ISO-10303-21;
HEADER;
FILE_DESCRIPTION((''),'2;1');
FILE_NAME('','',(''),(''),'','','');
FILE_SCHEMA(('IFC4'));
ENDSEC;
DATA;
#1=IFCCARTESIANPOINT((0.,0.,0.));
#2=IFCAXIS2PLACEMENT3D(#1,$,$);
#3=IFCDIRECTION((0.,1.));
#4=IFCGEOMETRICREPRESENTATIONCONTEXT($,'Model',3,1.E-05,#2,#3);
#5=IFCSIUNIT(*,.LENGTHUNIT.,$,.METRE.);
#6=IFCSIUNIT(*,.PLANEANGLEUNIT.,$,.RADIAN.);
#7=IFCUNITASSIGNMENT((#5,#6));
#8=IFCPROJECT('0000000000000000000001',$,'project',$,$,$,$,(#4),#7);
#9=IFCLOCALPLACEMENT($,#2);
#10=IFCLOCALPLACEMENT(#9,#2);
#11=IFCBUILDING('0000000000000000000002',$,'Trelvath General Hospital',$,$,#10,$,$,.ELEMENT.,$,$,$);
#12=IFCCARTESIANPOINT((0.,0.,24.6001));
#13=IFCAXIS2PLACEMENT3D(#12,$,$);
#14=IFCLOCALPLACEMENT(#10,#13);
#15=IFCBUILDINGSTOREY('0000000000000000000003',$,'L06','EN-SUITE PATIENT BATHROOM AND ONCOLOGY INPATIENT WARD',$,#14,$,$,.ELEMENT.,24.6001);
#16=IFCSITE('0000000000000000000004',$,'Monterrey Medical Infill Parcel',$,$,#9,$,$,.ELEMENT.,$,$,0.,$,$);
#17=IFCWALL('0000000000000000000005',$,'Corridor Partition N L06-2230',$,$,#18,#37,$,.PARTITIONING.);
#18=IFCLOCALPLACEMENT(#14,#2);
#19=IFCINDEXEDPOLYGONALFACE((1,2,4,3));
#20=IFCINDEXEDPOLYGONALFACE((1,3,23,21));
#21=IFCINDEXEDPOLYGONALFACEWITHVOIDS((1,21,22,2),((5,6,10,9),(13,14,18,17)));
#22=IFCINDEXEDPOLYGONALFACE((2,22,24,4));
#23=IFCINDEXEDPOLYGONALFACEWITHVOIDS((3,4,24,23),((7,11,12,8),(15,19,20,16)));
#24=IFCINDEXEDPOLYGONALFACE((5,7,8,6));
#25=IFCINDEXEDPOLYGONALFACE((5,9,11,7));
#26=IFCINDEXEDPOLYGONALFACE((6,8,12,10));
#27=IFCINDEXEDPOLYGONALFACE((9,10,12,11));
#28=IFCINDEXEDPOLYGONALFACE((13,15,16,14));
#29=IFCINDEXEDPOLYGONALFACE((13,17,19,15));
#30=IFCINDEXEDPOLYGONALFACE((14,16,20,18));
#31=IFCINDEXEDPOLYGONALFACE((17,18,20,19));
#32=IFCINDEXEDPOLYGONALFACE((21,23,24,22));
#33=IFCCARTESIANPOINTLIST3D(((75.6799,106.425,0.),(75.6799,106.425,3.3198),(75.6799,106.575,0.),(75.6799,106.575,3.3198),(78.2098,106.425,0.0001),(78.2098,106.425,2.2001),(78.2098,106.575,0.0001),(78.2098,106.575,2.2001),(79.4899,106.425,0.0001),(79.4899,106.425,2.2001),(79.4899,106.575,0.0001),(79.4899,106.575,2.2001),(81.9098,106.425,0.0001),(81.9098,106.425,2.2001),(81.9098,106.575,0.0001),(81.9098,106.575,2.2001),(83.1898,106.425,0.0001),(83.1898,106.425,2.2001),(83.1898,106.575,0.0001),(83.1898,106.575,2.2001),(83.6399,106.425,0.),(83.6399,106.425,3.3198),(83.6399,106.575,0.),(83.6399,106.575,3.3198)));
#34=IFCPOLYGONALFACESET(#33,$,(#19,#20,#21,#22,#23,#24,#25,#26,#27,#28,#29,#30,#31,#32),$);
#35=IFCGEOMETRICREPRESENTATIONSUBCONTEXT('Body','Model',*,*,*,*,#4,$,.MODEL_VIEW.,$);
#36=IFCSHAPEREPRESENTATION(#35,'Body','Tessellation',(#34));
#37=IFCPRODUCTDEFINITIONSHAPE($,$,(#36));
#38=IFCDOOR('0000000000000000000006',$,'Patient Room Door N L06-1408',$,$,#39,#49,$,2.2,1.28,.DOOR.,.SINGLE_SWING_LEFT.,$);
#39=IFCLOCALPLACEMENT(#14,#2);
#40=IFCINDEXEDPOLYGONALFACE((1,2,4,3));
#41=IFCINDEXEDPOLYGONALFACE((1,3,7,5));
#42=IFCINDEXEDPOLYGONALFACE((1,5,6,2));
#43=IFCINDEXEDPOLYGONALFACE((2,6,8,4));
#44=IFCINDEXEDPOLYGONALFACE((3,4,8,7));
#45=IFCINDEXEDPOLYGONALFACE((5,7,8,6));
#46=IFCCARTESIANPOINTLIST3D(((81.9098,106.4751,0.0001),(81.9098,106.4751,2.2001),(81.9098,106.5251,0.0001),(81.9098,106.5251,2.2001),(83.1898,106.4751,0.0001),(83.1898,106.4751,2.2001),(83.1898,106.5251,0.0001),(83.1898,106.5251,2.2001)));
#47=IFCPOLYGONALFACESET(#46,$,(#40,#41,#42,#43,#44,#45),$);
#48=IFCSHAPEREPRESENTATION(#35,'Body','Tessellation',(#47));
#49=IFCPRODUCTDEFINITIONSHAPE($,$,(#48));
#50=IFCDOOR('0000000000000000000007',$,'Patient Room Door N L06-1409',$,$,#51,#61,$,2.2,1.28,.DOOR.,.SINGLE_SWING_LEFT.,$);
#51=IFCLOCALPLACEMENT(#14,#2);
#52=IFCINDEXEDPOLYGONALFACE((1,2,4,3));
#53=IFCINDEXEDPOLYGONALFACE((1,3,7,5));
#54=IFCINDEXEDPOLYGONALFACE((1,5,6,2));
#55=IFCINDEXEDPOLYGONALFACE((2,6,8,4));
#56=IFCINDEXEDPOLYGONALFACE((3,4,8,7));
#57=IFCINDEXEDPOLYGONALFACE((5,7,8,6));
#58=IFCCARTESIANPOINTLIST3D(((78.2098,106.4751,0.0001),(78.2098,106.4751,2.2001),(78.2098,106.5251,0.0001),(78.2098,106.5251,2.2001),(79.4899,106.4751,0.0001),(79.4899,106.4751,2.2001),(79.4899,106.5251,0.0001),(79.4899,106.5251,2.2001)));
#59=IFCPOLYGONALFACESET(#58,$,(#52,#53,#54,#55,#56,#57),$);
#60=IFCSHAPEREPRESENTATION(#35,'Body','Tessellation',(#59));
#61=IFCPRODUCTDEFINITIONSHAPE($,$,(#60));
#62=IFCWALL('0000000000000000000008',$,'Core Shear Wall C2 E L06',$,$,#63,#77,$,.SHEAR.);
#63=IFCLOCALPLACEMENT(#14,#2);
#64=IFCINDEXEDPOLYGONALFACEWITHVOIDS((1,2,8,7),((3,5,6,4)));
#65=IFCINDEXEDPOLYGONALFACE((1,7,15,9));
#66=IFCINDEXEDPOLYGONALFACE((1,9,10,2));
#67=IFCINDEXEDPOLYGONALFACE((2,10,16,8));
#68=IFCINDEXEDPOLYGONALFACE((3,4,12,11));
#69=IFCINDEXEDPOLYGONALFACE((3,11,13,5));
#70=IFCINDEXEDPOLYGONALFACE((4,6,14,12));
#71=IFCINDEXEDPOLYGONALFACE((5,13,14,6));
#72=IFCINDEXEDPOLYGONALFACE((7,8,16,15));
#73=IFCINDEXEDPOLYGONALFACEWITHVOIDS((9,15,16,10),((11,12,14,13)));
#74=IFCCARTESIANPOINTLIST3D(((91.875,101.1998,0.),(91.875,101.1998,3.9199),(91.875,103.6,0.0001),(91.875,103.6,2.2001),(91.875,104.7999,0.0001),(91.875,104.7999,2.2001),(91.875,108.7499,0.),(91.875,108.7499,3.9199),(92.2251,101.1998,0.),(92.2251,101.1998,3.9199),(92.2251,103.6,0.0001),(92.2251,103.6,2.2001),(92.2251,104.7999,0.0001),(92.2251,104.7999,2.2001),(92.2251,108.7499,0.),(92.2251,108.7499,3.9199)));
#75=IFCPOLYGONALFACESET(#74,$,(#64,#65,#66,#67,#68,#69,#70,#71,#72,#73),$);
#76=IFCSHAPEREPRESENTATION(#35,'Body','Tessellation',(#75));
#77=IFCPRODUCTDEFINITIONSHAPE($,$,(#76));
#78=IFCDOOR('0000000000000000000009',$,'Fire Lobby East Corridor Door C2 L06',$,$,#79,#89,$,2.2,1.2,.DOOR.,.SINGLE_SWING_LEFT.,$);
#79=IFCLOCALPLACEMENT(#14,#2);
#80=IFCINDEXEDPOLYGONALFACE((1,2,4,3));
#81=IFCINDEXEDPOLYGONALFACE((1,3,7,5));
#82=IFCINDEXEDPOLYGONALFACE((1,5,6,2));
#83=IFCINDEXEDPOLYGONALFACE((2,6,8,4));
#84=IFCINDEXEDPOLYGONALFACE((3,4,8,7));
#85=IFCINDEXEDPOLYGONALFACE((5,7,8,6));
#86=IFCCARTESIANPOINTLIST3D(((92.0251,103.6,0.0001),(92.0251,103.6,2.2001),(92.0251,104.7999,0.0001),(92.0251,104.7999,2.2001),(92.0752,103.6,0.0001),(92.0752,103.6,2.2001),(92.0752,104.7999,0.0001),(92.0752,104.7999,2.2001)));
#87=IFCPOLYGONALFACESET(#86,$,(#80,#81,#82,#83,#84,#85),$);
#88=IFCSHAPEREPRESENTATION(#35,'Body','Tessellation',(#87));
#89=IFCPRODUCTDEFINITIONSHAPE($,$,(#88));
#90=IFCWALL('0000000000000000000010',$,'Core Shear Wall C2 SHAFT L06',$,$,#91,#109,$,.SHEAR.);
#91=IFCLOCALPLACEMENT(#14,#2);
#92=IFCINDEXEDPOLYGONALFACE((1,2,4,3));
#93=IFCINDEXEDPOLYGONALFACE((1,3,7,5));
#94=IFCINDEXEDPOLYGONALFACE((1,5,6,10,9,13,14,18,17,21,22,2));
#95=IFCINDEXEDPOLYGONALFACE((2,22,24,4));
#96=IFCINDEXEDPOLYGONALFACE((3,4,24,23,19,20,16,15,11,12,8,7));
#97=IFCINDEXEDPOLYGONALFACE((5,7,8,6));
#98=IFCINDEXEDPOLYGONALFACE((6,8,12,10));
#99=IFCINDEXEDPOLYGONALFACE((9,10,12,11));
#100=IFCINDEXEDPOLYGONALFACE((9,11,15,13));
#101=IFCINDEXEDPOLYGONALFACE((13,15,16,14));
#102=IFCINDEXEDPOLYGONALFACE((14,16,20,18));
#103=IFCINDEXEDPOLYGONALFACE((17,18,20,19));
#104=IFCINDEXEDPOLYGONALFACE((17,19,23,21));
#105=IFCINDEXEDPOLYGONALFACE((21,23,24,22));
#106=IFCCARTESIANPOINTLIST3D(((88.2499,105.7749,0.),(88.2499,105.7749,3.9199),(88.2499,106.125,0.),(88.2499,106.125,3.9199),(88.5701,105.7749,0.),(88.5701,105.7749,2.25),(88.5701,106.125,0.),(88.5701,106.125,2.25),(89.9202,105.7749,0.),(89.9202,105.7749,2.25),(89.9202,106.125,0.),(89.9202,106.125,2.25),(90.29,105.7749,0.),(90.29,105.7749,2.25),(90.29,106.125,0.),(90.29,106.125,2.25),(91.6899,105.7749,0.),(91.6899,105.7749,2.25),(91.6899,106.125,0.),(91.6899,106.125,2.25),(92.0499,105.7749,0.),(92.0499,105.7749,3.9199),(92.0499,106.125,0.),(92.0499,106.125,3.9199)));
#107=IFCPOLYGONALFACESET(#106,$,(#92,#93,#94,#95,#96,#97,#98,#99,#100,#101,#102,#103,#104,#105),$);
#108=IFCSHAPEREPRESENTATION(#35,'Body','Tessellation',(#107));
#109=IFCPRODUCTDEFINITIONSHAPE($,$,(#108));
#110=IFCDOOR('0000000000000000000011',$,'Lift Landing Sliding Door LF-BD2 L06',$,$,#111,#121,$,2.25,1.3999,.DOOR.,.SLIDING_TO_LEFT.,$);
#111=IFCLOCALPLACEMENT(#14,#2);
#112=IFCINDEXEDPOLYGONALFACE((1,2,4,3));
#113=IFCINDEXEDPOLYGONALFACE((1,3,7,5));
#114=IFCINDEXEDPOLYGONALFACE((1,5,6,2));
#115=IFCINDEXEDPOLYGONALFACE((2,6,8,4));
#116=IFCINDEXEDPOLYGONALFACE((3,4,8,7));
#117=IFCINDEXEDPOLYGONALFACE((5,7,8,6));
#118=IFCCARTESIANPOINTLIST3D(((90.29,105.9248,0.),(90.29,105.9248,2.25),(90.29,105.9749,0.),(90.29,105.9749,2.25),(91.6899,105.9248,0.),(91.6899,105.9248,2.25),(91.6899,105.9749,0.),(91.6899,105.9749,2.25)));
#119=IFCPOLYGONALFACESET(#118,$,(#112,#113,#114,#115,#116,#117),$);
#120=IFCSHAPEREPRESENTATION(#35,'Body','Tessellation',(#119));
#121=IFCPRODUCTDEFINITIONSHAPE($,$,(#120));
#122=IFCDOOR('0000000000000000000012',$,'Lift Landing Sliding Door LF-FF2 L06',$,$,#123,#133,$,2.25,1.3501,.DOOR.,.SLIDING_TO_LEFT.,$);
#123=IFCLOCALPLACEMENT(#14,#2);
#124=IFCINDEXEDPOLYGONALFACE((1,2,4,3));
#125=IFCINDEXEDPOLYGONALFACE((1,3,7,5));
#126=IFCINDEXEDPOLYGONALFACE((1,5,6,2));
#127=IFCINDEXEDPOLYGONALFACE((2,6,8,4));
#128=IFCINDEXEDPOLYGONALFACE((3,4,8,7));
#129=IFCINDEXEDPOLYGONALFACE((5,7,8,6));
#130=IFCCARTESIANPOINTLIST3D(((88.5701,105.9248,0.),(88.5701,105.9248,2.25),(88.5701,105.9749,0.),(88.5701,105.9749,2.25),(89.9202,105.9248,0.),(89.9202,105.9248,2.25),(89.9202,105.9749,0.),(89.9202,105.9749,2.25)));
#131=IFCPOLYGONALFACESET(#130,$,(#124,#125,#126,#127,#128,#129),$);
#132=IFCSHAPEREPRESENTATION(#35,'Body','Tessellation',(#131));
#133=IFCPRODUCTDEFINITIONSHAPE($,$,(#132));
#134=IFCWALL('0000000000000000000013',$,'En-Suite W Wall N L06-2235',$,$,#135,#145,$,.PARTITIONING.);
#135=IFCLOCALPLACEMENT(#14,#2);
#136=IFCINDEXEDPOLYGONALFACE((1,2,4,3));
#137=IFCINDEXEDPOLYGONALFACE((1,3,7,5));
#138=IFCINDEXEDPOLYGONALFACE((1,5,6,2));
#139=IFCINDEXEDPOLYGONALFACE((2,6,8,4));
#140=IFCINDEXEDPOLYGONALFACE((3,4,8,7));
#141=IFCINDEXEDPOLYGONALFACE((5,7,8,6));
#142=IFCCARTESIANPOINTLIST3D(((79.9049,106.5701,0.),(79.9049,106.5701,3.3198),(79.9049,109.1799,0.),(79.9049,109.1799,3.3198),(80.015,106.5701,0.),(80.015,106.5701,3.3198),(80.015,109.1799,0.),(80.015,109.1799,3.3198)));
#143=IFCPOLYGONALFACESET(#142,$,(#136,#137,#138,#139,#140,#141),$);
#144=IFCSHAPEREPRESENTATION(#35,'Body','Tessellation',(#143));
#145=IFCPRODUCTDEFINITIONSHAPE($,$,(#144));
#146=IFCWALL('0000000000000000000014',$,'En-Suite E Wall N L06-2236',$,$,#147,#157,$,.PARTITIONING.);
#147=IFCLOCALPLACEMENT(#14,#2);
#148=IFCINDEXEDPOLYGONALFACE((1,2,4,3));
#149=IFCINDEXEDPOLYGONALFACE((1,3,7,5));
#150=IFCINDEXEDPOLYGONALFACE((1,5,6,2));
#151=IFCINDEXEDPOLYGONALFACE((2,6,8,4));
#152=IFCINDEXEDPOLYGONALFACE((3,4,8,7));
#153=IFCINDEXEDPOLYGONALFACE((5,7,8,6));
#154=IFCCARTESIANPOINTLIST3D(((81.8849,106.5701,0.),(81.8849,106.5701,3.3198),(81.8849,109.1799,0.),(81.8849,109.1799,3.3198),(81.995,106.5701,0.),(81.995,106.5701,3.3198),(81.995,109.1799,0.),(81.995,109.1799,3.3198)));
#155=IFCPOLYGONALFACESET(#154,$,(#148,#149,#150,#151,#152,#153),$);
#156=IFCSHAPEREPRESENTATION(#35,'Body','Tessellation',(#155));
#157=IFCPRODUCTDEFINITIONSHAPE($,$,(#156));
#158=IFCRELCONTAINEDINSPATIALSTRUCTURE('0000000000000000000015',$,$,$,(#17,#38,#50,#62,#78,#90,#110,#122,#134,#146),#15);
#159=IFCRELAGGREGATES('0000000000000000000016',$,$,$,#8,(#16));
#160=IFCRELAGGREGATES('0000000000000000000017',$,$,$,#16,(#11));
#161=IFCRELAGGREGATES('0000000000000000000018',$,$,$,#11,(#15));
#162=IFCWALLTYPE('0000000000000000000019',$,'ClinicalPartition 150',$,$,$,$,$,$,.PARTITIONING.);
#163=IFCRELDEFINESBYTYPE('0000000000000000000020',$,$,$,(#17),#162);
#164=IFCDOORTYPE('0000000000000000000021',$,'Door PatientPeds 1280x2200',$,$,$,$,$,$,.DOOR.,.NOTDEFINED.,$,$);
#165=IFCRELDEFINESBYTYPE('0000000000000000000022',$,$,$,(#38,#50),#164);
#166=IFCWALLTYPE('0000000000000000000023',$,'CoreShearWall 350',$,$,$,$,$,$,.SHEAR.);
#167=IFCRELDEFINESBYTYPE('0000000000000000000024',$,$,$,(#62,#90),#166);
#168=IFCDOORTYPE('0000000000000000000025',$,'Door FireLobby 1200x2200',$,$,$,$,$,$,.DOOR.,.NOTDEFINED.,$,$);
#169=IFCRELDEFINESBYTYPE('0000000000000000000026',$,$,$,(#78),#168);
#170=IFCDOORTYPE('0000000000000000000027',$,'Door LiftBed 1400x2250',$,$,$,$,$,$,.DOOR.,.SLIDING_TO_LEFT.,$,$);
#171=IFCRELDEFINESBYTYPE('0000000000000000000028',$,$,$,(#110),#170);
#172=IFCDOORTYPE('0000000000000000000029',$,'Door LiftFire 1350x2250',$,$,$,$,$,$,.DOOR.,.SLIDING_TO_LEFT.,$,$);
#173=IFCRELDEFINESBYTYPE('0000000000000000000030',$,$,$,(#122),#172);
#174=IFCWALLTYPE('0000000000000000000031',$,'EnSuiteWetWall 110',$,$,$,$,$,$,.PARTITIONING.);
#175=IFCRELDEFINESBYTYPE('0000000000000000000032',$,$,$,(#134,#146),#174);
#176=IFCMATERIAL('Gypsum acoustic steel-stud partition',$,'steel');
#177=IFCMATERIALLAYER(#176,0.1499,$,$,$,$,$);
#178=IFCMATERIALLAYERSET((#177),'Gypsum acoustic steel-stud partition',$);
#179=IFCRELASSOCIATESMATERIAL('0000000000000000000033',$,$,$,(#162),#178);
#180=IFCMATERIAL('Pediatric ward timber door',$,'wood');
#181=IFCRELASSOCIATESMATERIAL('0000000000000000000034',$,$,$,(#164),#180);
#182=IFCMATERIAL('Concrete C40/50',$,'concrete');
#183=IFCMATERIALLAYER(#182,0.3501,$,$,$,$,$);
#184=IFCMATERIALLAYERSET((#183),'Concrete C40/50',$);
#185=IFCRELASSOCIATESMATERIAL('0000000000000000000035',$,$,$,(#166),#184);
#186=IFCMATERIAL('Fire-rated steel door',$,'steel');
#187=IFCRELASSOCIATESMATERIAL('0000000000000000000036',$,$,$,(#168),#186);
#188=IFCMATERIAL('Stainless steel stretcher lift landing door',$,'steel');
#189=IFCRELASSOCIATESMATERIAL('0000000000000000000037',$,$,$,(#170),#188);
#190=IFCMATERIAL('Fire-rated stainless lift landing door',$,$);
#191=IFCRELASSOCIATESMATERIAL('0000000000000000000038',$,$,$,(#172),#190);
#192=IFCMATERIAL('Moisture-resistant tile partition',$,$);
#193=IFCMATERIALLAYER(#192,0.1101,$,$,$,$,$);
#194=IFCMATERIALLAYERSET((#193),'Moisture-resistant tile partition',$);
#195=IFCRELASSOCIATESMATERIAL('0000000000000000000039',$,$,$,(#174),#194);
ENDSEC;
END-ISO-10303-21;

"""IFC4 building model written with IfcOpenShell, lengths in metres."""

from ifc_helpers import new_model, si_unit, direction, frame, frame_2d, origin, place, context, subcontext, project, spatial, rectangle, extrude, material, layer, layer_set, type_object, element, fill, save


model = new_model("IFC4")

# Units and contexts
model_context = context("Model", 3, precision=1e-05, world=origin(), true_north=direction((0.0, 1.0)))
body_context = subcontext(model_context, "Body", "Model", "MODEL_VIEW")
ifc_project = project(units=[si_unit("LENGTHUNIT", "METRE"), si_unit("PLANEANGLEUNIT", "RADIAN")], contexts=[model_context])

# Site, building, storey
site_placement = place(None, origin())
site = spatial("IfcSite", under=ifc_project, at=site_placement, Name="Monterrey Medical Infill Parcel", CompositionType="ELEMENT", RefElevation=0.0)
building_placement = place(site_placement, origin())
building = spatial("IfcBuilding", under=site, at=building_placement, Name="Trelvath General Hospital", CompositionType="ELEMENT")
storey_placement = place(building_placement, frame((0.0, 0.0, 24.6001)))
storey = spatial("IfcBuildingStorey", under=building, at=storey_placement, Name="L06", Description="EN-SUITE PATIENT BATHROOM AND ONCOLOGY INPATIENT WARD", CompositionType="ELEMENT", Elevation=24.6001)

# Wall, openings, doors
ifc_material_1 = material(Name="Gypsum acoustic steel-stud partition", Category="steel")
ifc_layer_1 = layer(ifc_material_1, 0.1499)
ifc_layer_set_1 = layer_set([ifc_layer_1], Name="Gypsum acoustic steel-stud partition")
wall_type_1 = type_object("IfcWallType", Name="ClinicalPartition 150", PredefinedType="PARTITIONING", material=ifc_layer_set_1)
wall_1_placement = place(storey_placement, frame((83.6399, 106.5, 0.0), z_axis=(0.0, 0.0, 1.0), x_axis=(-1.0, 0.0, 0.0)))
wall_1 = element("IfcWall", 1, at=wall_1_placement, inside=storey, type_object=wall_type_1, Name="Corridor Partition N L06-2230", PredefinedType="PARTITIONING", context=body_context, shape_type="SweptSolid", body=[
    extrude(rectangle(XDim=7.96, YDim=0.1499, at=frame_2d((3.98, 0.0))), origin(), (0.0, 0.0, 1.0), 3.3198),
])
opening_1_placement = place(wall_1_placement, frame((0.45, 0.0, 0.0)))
opening_1 = element("IfcOpeningElement", 2, at=opening_1_placement, cuts=wall_1, PredefinedType="OPENING", context=body_context, shape_type="SweptSolid", body=[
    extrude(rectangle(XDim=1.28, YDim=2.2, at=frame_2d((0.6401, 1.1001))), frame((0.0, 0.085, 0.0), z_axis=(0.0, -1.0, 0.0), x_axis=(1.0, 0.0, 0.0)), (0.0, 0.0, 1.0), 0.1699),
])
opening_2_placement = place(wall_1_placement, frame((4.1499, 0.0, 0.0)))
opening_2 = element("IfcOpeningElement", 3, at=opening_2_placement, cuts=wall_1, PredefinedType="OPENING", context=body_context, shape_type="SweptSolid", body=[
    extrude(rectangle(XDim=1.28, YDim=2.2, at=frame_2d((0.6401, 1.1001))), frame((0.0, 0.085, 0.0), z_axis=(0.0, -1.0, 0.0), x_axis=(1.0, 0.0, 0.0)), (0.0, 0.0, 1.0), 0.1699),
])
ifc_material_2 = material(Name="Pediatric ward timber door", Category="wood")
door_type_1 = type_object("IfcDoorType", Name="Door PatientPeds 1280x2200", OperationType="NOTDEFINED", PredefinedType="DOOR", material=ifc_material_2)
door_1_placement = place(opening_1_placement, origin())
door_1 = element("IfcDoor", 4, at=door_1_placement, inside=storey, type_object=door_type_1, Name="Patient Room Door N L06-1408", OperationType="SINGLE_SWING_LEFT", OverallHeight=2.2, OverallWidth=1.28, PredefinedType="DOOR", context=body_context, shape_type="SweptSolid", body=[
    extrude(rectangle(XDim=1.28, YDim=2.2, at=frame_2d((0.6401, 1.1001))), frame((0.0, 0.0249, 0.0), z_axis=(0.0, -1.0, 0.0), x_axis=(1.0, 0.0, 0.0)), (0.0, 0.0, 1.0), 0.05),
])
fill(opening_1, door_1)
door_2_placement = place(opening_2_placement, origin())
door_2 = element("IfcDoor", 5, at=door_2_placement, inside=storey, type_object=door_type_1, Name="Patient Room Door N L06-1409", OperationType="SINGLE_SWING_LEFT", OverallHeight=2.2, OverallWidth=1.28, PredefinedType="DOOR", context=body_context, shape_type="SweptSolid", body=[
    extrude(rectangle(XDim=1.28, YDim=2.2, at=frame_2d((0.6401, 1.1001))), frame((0.0, 0.0249, 0.0), z_axis=(0.0, -1.0, 0.0), x_axis=(1.0, 0.0, 0.0)), (0.0, 0.0, 1.0), 0.05),
])
fill(opening_2, door_2)

# Wall, opening, door
ifc_material_3 = material(Name="Concrete C40/50", Category="concrete")
ifc_layer_2 = layer(ifc_material_3, 0.3501)
ifc_layer_set_2 = layer_set([ifc_layer_2], Name="Concrete C40/50")
wall_type_2 = type_object("IfcWallType", Name="CoreShearWall 350", PredefinedType="SHEAR", material=ifc_layer_set_2)
wall_2_placement = place(storey_placement, frame((92.05, 101.2, 0.0), z_axis=(0.0, 0.0, 1.0), x_axis=(0.0, 1.0, 0.0)))
wall_2 = element("IfcWall", 6, at=wall_2_placement, inside=storey, type_object=wall_type_2, Name="Core Shear Wall C2 E L06", PredefinedType="SHEAR", context=body_context, shape_type="SweptSolid", body=[
    extrude(rectangle(XDim=7.55, YDim=0.3501, at=frame_2d((3.7749, 0.0))), origin(), (0.0, 0.0, 1.0), 3.9199),
])
opening_3_placement = place(wall_2_placement, frame((2.3999, 0.0, 0.0)))
opening_3 = element("IfcOpeningElement", 7, at=opening_3_placement, cuts=wall_2, PredefinedType="OPENING", context=body_context, shape_type="SweptSolid", body=[
    extrude(rectangle(XDim=1.2, YDim=2.2, at=frame_2d((0.6001, 1.1001))), frame((0.0, 0.1851, 0.0), z_axis=(0.0, -1.0, 0.0), x_axis=(1.0, 0.0, 0.0)), (0.0, 0.0, 1.0), 0.3701),
])
ifc_material_4 = material(Name="Fire-rated steel door", Category="steel")
door_type_2 = type_object("IfcDoorType", Name="Door FireLobby 1200x2200", OperationType="NOTDEFINED", PredefinedType="DOOR", material=ifc_material_4)
door_3_placement = place(opening_3_placement, origin())
door_3 = element("IfcDoor", 8, at=door_3_placement, inside=storey, type_object=door_type_2, Name="Fire Lobby East Corridor Door C2 L06", OperationType="SINGLE_SWING_LEFT", OverallHeight=2.2, OverallWidth=1.2, PredefinedType="DOOR", context=body_context, shape_type="SweptSolid", body=[
    extrude(rectangle(XDim=1.2, YDim=2.2, at=frame_2d((0.6001, 1.1001))), frame((0.0, 0.0249, 0.0), z_axis=(0.0, -1.0, 0.0), x_axis=(1.0, 0.0, 0.0)), (0.0, 0.0, 1.0), 0.05),
])
fill(opening_3, door_3)

# Wall, openings, doors
wall_3_placement = place(storey_placement, frame((88.25, 105.95, 0.0), z_axis=(0.0, 0.0, 1.0), x_axis=(1.0, 0.0, 0.0)))
wall_3 = element("IfcWall", 9, at=wall_3_placement, inside=storey, type_object=wall_type_2, Name="Core Shear Wall C2 SHAFT L06", PredefinedType="SHEAR", context=body_context, shape_type="SweptSolid", body=[
    extrude(rectangle(XDim=3.8, YDim=0.3501, at=frame_2d((1.8999, 0.0))), origin(), (0.0, 0.0, 1.0), 3.9199),
])
opening_4_placement = place(wall_3_placement, frame((0.3201, 0.0, 0.0)))
opening_4 = element("IfcOpeningElement", 10, at=opening_4_placement, cuts=wall_3, PredefinedType="OPENING", context=body_context, shape_type="SweptSolid", body=[
    extrude(rectangle(XDim=1.3501, YDim=2.25, at=frame_2d((0.675, 1.125))), frame((0.0, 0.1851, 0.0), z_axis=(0.0, -1.0, 0.0), x_axis=(1.0, 0.0, 0.0)), (0.0, 0.0, 1.0), 0.3701),
])
opening_5_placement = place(wall_3_placement, frame((2.04, 0.0, 0.0)))
opening_5 = element("IfcOpeningElement", 11, at=opening_5_placement, cuts=wall_3, PredefinedType="OPENING", context=body_context, shape_type="SweptSolid", body=[
    extrude(rectangle(XDim=1.3999, YDim=2.25, at=frame_2d((0.7, 1.125))), frame((0.0, 0.1851, 0.0), z_axis=(0.0, -1.0, 0.0), x_axis=(1.0, 0.0, 0.0)), (0.0, 0.0, 1.0), 0.3701),
])
ifc_material_5 = material(Name="Stainless steel stretcher lift landing door", Category="steel")
door_type_3 = type_object("IfcDoorType", Name="Door LiftBed 1400x2250", OperationType="SLIDING_TO_LEFT", PredefinedType="DOOR", material=ifc_material_5)
door_4_placement = place(opening_5_placement, origin())
door_4 = element("IfcDoor", 12, at=door_4_placement, inside=storey, type_object=door_type_3, Name="Lift Landing Sliding Door LF-BD2 L06", OperationType="SLIDING_TO_LEFT", OverallHeight=2.25, OverallWidth=1.3999, PredefinedType="DOOR", context=body_context, shape_type="SweptSolid", body=[
    extrude(rectangle(XDim=1.3999, YDim=2.25, at=frame_2d((0.7, 1.125))), frame((0.0, 0.0249, 0.0), z_axis=(0.0, -1.0, 0.0), x_axis=(1.0, 0.0, 0.0)), (0.0, 0.0, 1.0), 0.05),
])
fill(opening_5, door_4)
ifc_material_6 = material(Name="Fire-rated stainless lift landing door")
door_type_4 = type_object("IfcDoorType", Name="Door LiftFire 1350x2250", OperationType="SLIDING_TO_LEFT", PredefinedType="DOOR", material=ifc_material_6)
door_5_placement = place(opening_4_placement, origin())
door_5 = element("IfcDoor", 13, at=door_5_placement, inside=storey, type_object=door_type_4, Name="Lift Landing Sliding Door LF-FF2 L06", OperationType="SLIDING_TO_LEFT", OverallHeight=2.25, OverallWidth=1.3501, PredefinedType="DOOR", context=body_context, shape_type="SweptSolid", body=[
    extrude(rectangle(XDim=1.3501, YDim=2.25, at=frame_2d((0.675, 1.125))), frame((0.0, 0.0249, 0.0), z_axis=(0.0, -1.0, 0.0), x_axis=(1.0, 0.0, 0.0)), (0.0, 0.0, 1.0), 0.05),
])
fill(opening_4, door_5)

# Walls
ifc_material_7 = material(Name="Moisture-resistant tile partition")
ifc_layer_3 = layer(ifc_material_7, 0.1101)
ifc_layer_set_3 = layer_set([ifc_layer_3], Name="Moisture-resistant tile partition")
wall_type_3 = type_object("IfcWallType", Name="EnSuiteWetWall 110", PredefinedType="PARTITIONING", material=ifc_layer_set_3)
for number, where, z_axis, x_axis, name in (
    (14, (79.96, 106.5701, 0.0), (0.0, 0.0, 1.0), (0.0, 1.0, 0.0), "En-Suite W Wall N L06-2235"),
    (15, (81.9399, 106.5701, 0.0), (0.0, 0.0, 1.0), (0.0, 1.0, 0.0), "En-Suite E Wall N L06-2236"),
):
    element("IfcWall", number, at=place(storey_placement, frame(where, z_axis=z_axis, x_axis=x_axis)), inside=storey, type_object=wall_type_3, Name=name, PredefinedType="PARTITIONING", context=body_context, shape_type="SweptSolid", body=[
        extrude(rectangle(XDim=2.6099, YDim=0.1101, at=frame_2d((1.3049, 0.0))), origin(), (0.0, 0.0, 1.0), 3.3198),
    ])

save(model, "model.ifc")
